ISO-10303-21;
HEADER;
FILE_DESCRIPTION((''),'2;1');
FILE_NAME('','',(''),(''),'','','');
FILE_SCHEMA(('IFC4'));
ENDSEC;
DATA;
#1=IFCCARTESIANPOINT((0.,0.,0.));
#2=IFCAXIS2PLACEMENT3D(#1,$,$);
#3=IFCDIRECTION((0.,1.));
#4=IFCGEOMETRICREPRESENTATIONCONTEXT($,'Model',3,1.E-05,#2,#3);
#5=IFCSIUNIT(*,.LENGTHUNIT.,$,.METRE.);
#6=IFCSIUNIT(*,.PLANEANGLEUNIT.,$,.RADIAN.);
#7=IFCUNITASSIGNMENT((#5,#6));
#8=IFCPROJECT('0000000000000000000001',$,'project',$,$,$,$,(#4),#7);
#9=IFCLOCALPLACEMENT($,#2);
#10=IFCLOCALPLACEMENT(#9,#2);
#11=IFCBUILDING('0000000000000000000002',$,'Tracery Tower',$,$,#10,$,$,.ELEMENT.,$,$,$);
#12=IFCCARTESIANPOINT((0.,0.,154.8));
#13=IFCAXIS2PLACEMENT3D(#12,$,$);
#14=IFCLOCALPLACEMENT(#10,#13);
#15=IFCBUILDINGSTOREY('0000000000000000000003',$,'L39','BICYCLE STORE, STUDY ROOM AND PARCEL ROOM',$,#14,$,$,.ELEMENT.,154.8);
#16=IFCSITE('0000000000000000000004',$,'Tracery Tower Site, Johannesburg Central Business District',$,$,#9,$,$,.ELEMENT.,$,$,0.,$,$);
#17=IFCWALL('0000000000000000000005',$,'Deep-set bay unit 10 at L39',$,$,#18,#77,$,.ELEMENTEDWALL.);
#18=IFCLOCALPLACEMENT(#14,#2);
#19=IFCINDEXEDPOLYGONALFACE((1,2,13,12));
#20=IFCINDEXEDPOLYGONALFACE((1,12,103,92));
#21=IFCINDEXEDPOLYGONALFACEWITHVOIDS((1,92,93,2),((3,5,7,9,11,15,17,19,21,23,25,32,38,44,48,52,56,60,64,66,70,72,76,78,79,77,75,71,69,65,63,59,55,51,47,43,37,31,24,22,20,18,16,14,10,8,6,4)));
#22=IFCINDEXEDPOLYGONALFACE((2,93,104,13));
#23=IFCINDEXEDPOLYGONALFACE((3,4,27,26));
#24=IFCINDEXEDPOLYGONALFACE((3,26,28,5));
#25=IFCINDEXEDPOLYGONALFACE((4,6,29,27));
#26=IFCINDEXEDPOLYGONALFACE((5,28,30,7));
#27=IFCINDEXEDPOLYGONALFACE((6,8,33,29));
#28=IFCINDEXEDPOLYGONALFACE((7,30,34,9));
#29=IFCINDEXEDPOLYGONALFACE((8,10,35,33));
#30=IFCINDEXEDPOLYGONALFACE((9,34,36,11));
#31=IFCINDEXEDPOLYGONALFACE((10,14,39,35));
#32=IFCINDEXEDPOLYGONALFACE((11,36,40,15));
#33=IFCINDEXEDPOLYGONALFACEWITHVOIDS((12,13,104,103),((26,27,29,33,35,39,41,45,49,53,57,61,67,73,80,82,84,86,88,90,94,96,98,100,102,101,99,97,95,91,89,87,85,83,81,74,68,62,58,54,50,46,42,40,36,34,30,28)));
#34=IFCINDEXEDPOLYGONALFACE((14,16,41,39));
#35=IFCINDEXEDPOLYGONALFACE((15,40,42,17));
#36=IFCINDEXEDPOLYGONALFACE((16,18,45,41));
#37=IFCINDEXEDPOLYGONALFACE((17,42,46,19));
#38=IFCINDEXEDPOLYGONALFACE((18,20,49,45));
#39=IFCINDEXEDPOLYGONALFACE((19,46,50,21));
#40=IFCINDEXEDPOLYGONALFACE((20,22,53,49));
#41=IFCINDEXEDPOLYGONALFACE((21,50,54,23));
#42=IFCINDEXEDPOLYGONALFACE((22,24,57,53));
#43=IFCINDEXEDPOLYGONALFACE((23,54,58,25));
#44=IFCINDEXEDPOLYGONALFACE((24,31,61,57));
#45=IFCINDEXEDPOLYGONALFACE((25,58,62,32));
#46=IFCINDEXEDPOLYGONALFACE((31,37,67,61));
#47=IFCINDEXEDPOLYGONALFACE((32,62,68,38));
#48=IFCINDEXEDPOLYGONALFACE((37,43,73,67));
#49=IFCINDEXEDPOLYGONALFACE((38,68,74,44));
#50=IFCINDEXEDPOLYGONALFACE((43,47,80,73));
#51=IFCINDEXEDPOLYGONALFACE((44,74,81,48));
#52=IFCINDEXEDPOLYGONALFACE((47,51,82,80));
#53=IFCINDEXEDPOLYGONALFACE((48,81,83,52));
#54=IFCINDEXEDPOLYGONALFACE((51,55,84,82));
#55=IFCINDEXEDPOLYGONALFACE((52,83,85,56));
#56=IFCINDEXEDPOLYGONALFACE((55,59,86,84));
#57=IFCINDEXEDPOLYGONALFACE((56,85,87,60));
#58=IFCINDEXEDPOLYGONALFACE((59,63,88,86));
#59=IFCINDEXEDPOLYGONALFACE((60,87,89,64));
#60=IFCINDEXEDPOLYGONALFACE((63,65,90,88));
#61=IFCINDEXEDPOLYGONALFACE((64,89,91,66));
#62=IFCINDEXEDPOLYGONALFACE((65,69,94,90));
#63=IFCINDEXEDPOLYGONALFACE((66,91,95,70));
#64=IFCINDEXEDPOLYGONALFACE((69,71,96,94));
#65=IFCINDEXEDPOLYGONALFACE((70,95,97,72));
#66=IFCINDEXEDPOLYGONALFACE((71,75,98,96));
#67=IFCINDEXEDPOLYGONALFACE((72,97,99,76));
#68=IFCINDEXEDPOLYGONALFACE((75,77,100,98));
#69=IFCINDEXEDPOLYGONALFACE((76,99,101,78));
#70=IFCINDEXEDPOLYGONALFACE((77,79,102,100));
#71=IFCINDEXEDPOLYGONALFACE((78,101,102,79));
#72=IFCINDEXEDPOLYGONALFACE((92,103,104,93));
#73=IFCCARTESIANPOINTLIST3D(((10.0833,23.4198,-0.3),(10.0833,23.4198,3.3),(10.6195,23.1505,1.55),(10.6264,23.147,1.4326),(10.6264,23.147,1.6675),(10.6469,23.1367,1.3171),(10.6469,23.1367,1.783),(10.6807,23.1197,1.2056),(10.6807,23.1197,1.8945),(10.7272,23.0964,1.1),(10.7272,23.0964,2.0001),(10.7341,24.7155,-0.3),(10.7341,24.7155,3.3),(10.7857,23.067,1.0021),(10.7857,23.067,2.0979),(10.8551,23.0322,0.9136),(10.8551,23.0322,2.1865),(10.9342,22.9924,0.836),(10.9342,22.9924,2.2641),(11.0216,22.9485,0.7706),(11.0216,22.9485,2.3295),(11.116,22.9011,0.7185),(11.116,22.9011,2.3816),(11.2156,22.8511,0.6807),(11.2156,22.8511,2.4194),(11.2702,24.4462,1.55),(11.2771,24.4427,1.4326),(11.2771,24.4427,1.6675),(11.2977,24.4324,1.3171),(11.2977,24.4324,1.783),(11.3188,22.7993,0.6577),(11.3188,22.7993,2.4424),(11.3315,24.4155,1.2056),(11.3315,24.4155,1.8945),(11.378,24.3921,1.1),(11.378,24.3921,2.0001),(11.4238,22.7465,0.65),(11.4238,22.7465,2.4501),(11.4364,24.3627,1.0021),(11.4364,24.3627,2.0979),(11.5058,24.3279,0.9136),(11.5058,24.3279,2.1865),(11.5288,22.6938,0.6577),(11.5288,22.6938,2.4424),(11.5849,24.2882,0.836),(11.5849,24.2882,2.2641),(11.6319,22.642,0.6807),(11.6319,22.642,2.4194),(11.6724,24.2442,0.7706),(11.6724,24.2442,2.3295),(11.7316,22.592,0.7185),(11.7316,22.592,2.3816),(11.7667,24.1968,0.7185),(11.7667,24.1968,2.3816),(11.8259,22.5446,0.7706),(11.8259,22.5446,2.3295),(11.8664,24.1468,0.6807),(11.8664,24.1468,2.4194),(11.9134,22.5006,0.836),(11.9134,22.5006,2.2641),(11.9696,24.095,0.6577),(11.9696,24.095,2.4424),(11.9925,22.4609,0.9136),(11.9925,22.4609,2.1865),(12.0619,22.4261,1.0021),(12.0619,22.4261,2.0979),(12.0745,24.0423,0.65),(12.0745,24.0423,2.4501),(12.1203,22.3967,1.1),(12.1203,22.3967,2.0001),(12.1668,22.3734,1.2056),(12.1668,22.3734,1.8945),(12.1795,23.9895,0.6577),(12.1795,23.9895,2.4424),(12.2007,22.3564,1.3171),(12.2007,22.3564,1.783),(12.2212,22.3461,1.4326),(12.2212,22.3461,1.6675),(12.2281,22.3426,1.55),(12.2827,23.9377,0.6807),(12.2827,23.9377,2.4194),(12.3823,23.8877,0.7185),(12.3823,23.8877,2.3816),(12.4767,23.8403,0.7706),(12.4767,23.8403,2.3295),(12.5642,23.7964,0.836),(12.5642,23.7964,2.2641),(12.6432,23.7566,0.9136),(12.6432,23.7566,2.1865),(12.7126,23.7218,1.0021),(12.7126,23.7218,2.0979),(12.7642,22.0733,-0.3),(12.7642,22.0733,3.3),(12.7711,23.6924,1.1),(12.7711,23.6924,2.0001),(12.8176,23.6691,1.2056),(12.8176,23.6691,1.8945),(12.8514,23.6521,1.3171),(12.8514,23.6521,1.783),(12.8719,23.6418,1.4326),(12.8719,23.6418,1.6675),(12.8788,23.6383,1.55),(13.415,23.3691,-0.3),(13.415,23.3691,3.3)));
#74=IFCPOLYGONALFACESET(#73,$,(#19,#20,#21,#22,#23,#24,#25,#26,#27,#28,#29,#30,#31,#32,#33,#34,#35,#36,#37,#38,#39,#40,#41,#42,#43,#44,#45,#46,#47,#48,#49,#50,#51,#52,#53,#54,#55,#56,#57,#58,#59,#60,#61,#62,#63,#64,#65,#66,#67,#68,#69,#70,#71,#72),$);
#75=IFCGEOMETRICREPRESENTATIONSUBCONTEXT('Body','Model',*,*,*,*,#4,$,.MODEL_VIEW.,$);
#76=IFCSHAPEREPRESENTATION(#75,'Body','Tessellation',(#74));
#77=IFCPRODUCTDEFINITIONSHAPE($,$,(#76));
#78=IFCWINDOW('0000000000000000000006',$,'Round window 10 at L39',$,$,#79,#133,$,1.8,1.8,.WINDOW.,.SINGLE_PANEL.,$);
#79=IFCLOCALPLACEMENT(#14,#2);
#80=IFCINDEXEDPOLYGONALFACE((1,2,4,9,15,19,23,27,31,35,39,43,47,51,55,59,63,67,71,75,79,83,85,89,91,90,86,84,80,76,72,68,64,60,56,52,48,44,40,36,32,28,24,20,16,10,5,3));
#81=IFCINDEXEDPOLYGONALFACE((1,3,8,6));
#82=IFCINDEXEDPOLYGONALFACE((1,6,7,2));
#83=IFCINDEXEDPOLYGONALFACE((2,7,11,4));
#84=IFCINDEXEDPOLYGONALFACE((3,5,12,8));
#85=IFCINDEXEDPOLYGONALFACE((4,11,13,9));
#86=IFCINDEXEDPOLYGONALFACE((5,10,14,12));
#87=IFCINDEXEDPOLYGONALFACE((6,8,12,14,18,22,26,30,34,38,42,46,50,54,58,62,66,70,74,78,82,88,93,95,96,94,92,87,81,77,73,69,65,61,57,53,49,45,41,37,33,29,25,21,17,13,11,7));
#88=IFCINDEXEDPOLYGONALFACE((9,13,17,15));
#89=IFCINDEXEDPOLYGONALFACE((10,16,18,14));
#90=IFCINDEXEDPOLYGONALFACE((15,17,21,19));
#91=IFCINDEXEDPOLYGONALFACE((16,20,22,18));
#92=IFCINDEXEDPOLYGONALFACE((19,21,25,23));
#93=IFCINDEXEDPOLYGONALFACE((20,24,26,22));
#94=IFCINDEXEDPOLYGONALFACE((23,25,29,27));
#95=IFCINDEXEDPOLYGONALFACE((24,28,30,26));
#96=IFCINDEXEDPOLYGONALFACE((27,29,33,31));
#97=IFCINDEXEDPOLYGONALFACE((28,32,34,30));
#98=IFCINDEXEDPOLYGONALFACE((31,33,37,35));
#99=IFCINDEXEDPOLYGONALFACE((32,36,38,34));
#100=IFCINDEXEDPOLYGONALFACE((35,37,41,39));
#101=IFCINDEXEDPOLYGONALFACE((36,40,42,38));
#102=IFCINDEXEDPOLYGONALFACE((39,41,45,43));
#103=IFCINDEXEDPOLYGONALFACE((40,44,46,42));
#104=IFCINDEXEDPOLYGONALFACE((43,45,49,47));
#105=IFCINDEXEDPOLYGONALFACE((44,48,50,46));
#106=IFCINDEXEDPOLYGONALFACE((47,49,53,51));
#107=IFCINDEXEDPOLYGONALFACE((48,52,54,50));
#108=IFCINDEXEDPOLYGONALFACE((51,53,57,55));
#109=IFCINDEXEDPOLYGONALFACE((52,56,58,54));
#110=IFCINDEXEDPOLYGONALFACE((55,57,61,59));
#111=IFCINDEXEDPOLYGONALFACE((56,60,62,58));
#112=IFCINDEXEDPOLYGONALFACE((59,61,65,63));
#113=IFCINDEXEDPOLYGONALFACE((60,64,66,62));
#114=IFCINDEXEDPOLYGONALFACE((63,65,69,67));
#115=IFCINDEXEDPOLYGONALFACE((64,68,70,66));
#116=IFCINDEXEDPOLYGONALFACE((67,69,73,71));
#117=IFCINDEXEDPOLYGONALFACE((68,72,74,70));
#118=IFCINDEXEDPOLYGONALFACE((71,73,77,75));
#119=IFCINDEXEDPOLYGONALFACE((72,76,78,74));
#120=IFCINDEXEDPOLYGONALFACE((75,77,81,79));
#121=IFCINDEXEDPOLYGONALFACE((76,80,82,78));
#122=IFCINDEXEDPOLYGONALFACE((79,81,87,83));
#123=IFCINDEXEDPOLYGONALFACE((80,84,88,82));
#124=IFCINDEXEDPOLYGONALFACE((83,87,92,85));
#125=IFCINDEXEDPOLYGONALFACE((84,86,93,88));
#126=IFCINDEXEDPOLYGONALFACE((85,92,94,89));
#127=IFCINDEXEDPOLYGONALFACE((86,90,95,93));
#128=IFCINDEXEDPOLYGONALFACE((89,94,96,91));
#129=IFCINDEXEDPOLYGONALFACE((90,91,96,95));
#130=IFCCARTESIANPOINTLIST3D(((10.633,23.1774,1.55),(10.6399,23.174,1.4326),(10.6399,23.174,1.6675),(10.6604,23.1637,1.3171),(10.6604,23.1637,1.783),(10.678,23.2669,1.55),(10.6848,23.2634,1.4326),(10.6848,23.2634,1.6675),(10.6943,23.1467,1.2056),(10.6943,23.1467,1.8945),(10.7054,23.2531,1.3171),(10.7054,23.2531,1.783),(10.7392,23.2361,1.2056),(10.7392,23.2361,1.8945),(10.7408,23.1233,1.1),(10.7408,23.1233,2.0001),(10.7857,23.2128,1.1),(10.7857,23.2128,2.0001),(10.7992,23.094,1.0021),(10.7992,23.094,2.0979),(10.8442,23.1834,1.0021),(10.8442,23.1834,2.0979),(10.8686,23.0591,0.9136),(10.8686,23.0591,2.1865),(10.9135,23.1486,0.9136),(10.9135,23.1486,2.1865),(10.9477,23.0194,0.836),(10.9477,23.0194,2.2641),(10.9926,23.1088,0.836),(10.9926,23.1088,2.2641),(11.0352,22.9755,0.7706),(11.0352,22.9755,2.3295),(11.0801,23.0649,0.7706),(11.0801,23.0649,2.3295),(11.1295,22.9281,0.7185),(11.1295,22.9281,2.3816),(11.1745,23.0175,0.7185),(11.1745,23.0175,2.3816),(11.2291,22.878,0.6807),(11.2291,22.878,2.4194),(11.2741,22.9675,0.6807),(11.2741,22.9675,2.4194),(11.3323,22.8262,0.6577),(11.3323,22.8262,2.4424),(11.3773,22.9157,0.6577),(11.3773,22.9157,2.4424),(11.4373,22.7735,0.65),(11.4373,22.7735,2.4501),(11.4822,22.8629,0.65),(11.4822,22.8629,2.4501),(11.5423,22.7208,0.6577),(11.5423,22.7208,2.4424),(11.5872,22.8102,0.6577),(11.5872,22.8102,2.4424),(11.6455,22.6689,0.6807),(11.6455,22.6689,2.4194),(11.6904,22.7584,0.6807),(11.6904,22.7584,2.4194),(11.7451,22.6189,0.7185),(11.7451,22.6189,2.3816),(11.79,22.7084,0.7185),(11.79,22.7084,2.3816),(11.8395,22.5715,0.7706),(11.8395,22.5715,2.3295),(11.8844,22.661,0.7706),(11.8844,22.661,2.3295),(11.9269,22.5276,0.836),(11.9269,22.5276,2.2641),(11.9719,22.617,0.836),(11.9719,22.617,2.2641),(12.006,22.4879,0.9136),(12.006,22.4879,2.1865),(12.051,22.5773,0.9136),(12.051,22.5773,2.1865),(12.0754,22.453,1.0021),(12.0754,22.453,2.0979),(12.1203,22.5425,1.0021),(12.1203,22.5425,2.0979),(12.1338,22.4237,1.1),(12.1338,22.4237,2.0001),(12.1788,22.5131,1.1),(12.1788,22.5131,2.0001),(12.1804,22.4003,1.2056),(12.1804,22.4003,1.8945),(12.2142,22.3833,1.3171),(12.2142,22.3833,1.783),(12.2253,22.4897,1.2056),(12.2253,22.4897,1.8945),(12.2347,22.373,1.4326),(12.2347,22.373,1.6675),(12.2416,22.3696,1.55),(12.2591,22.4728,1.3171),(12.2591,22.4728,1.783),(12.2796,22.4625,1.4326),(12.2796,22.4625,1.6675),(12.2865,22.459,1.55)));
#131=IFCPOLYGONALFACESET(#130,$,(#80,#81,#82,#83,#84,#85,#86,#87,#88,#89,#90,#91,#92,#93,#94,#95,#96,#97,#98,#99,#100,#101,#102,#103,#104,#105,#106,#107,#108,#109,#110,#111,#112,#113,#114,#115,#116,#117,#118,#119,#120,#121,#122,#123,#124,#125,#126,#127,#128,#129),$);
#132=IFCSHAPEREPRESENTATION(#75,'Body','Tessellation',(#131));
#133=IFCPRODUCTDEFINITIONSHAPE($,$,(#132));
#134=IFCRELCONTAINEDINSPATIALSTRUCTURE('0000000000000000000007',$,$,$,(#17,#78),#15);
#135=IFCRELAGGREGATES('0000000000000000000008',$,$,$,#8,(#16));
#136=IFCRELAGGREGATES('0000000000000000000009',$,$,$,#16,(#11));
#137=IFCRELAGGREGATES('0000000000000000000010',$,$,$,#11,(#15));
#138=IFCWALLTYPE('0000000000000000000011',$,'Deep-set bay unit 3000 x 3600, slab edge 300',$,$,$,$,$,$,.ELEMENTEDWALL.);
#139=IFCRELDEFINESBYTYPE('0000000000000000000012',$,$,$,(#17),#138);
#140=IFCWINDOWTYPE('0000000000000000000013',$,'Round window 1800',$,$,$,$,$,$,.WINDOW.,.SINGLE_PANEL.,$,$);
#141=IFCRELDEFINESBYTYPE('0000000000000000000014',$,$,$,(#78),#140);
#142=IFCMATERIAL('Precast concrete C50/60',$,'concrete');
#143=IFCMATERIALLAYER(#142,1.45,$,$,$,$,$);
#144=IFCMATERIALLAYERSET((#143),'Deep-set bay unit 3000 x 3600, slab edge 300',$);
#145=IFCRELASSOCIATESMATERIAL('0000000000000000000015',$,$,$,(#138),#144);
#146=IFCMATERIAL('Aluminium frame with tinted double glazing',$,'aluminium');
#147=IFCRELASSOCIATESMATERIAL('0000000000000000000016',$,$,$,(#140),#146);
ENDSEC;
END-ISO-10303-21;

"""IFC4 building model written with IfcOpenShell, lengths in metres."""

from ifc_helpers import new_model, si_unit, direction, frame, frame_2d, origin, origin_2d, place, context, subcontext, project, spatial, rectangle, circle, extrude, material, layer, layer_set, type_object, element, fill, save


model = new_model("IFC4")

# Units and contexts
model_context = context("Model", 3, precision=1e-05, world=origin(), true_north=direction((0.0, 1.0)))
body_context = subcontext(model_context, "Body", "Model", "MODEL_VIEW")
ifc_project = project(units=[si_unit("LENGTHUNIT", "METRE"), si_unit("PLANEANGLEUNIT", "RADIAN")], contexts=[model_context])

# Site, building, storey
site_placement = place(None, origin())
site = spatial("IfcSite", under=ifc_project, at=site_placement, Name="Tracery Tower Site, Johannesburg Central Business District", CompositionType="ELEMENT", RefElevation=0.0)
building_placement = place(site_placement, origin())
building = spatial("IfcBuilding", under=site, at=building_placement, Name="Tracery Tower", CompositionType="ELEMENT")
storey_placement = place(building_placement, frame((0.0, 0.0, 154.8)))
storey = spatial("IfcBuildingStorey", under=building, at=storey_placement, Name="L39", Description="BICYCLE STORE, STUDY ROOM AND PARCEL ROOM", CompositionType="ELEMENT", Elevation=154.8)

# Wall, opening, window
ifc_material_1 = material(Name="Precast concrete C50/60", Category="concrete")
ifc_layer_1 = layer(ifc_material_1, 1.45)
ifc_layer_set_1 = layer_set([ifc_layer_1], Name="Deep-set bay unit 3000 x 3600, slab edge 300")
wall_type_1 = type_object("IfcWallType", Name="Deep-set bay unit 3000 x 3600, slab edge 300", PredefinedType="ELEMENTEDWALL", material=ifc_layer_set_1)
ifc_material_2 = material(Name="Aluminium frame with tinted double glazing", Category="aluminium")
window_type = type_object("IfcWindowType", Name="Round window 1800", PartitioningType="SINGLE_PANEL", PredefinedType="WINDOW", material=ifc_material_2)
wall_1_placement = place(storey_placement, frame((13.0896, 22.7212, -0.3), z_axis=(0.0, 0.0, 1.0), x_axis=(-0.893628, 0.448808, 0.0)))
wall_1 = element("IfcWall", 1, at=wall_1_placement, inside=storey, type_object=wall_type_1, Name="Deep-set bay unit 10 at L39", PredefinedType="ELEMENTEDWALL", context=body_context, shape_type="SweptSolid", body=[
    extrude(rectangle(XDim=3.0, YDim=1.45, at=frame_2d((1.5, 0.0))), origin(), (0.0, 0.0, 1.0), 3.6001),
])
opening_1_placement = place(wall_1_placement, frame((1.5, 0.0, 1.8501)))
opening_1 = element("IfcOpeningElement", 2, at=opening_1_placement, cuts=wall_1, PredefinedType="OPENING", context=body_context, shape_type="SweptSolid", body=[
    extrude(circle(Radius=0.9, at=origin_2d()), frame((0.0, 0.7349, 0.0), z_axis=(0.0, -1.0, 0.0), x_axis=(1.0, 0.0, 0.0)), (0.0, 0.0, 1.0), 1.47),
])
window_1_placement = place(opening_1_placement, origin())
window_1 = element("IfcWindow", 3, at=window_1_placement, inside=storey, type_object=window_type, Name="Round window 10 at L39", OverallHeight=1.8, OverallWidth=1.8, PartitioningType="SINGLE_PANEL", PredefinedType="WINDOW", context=body_context, shape_type="SweptSolid", body=[
    extrude(circle(Radius=0.9, at=origin_2d()), frame((0.0, 0.6948, 0.0), z_axis=(0.0, -1.0, 0.0), x_axis=(1.0, 0.0, 0.0)), (0.0, 0.0, 1.0), 0.1001),
])
fill(opening_1, window_1)

save(model, "model.ifc")
